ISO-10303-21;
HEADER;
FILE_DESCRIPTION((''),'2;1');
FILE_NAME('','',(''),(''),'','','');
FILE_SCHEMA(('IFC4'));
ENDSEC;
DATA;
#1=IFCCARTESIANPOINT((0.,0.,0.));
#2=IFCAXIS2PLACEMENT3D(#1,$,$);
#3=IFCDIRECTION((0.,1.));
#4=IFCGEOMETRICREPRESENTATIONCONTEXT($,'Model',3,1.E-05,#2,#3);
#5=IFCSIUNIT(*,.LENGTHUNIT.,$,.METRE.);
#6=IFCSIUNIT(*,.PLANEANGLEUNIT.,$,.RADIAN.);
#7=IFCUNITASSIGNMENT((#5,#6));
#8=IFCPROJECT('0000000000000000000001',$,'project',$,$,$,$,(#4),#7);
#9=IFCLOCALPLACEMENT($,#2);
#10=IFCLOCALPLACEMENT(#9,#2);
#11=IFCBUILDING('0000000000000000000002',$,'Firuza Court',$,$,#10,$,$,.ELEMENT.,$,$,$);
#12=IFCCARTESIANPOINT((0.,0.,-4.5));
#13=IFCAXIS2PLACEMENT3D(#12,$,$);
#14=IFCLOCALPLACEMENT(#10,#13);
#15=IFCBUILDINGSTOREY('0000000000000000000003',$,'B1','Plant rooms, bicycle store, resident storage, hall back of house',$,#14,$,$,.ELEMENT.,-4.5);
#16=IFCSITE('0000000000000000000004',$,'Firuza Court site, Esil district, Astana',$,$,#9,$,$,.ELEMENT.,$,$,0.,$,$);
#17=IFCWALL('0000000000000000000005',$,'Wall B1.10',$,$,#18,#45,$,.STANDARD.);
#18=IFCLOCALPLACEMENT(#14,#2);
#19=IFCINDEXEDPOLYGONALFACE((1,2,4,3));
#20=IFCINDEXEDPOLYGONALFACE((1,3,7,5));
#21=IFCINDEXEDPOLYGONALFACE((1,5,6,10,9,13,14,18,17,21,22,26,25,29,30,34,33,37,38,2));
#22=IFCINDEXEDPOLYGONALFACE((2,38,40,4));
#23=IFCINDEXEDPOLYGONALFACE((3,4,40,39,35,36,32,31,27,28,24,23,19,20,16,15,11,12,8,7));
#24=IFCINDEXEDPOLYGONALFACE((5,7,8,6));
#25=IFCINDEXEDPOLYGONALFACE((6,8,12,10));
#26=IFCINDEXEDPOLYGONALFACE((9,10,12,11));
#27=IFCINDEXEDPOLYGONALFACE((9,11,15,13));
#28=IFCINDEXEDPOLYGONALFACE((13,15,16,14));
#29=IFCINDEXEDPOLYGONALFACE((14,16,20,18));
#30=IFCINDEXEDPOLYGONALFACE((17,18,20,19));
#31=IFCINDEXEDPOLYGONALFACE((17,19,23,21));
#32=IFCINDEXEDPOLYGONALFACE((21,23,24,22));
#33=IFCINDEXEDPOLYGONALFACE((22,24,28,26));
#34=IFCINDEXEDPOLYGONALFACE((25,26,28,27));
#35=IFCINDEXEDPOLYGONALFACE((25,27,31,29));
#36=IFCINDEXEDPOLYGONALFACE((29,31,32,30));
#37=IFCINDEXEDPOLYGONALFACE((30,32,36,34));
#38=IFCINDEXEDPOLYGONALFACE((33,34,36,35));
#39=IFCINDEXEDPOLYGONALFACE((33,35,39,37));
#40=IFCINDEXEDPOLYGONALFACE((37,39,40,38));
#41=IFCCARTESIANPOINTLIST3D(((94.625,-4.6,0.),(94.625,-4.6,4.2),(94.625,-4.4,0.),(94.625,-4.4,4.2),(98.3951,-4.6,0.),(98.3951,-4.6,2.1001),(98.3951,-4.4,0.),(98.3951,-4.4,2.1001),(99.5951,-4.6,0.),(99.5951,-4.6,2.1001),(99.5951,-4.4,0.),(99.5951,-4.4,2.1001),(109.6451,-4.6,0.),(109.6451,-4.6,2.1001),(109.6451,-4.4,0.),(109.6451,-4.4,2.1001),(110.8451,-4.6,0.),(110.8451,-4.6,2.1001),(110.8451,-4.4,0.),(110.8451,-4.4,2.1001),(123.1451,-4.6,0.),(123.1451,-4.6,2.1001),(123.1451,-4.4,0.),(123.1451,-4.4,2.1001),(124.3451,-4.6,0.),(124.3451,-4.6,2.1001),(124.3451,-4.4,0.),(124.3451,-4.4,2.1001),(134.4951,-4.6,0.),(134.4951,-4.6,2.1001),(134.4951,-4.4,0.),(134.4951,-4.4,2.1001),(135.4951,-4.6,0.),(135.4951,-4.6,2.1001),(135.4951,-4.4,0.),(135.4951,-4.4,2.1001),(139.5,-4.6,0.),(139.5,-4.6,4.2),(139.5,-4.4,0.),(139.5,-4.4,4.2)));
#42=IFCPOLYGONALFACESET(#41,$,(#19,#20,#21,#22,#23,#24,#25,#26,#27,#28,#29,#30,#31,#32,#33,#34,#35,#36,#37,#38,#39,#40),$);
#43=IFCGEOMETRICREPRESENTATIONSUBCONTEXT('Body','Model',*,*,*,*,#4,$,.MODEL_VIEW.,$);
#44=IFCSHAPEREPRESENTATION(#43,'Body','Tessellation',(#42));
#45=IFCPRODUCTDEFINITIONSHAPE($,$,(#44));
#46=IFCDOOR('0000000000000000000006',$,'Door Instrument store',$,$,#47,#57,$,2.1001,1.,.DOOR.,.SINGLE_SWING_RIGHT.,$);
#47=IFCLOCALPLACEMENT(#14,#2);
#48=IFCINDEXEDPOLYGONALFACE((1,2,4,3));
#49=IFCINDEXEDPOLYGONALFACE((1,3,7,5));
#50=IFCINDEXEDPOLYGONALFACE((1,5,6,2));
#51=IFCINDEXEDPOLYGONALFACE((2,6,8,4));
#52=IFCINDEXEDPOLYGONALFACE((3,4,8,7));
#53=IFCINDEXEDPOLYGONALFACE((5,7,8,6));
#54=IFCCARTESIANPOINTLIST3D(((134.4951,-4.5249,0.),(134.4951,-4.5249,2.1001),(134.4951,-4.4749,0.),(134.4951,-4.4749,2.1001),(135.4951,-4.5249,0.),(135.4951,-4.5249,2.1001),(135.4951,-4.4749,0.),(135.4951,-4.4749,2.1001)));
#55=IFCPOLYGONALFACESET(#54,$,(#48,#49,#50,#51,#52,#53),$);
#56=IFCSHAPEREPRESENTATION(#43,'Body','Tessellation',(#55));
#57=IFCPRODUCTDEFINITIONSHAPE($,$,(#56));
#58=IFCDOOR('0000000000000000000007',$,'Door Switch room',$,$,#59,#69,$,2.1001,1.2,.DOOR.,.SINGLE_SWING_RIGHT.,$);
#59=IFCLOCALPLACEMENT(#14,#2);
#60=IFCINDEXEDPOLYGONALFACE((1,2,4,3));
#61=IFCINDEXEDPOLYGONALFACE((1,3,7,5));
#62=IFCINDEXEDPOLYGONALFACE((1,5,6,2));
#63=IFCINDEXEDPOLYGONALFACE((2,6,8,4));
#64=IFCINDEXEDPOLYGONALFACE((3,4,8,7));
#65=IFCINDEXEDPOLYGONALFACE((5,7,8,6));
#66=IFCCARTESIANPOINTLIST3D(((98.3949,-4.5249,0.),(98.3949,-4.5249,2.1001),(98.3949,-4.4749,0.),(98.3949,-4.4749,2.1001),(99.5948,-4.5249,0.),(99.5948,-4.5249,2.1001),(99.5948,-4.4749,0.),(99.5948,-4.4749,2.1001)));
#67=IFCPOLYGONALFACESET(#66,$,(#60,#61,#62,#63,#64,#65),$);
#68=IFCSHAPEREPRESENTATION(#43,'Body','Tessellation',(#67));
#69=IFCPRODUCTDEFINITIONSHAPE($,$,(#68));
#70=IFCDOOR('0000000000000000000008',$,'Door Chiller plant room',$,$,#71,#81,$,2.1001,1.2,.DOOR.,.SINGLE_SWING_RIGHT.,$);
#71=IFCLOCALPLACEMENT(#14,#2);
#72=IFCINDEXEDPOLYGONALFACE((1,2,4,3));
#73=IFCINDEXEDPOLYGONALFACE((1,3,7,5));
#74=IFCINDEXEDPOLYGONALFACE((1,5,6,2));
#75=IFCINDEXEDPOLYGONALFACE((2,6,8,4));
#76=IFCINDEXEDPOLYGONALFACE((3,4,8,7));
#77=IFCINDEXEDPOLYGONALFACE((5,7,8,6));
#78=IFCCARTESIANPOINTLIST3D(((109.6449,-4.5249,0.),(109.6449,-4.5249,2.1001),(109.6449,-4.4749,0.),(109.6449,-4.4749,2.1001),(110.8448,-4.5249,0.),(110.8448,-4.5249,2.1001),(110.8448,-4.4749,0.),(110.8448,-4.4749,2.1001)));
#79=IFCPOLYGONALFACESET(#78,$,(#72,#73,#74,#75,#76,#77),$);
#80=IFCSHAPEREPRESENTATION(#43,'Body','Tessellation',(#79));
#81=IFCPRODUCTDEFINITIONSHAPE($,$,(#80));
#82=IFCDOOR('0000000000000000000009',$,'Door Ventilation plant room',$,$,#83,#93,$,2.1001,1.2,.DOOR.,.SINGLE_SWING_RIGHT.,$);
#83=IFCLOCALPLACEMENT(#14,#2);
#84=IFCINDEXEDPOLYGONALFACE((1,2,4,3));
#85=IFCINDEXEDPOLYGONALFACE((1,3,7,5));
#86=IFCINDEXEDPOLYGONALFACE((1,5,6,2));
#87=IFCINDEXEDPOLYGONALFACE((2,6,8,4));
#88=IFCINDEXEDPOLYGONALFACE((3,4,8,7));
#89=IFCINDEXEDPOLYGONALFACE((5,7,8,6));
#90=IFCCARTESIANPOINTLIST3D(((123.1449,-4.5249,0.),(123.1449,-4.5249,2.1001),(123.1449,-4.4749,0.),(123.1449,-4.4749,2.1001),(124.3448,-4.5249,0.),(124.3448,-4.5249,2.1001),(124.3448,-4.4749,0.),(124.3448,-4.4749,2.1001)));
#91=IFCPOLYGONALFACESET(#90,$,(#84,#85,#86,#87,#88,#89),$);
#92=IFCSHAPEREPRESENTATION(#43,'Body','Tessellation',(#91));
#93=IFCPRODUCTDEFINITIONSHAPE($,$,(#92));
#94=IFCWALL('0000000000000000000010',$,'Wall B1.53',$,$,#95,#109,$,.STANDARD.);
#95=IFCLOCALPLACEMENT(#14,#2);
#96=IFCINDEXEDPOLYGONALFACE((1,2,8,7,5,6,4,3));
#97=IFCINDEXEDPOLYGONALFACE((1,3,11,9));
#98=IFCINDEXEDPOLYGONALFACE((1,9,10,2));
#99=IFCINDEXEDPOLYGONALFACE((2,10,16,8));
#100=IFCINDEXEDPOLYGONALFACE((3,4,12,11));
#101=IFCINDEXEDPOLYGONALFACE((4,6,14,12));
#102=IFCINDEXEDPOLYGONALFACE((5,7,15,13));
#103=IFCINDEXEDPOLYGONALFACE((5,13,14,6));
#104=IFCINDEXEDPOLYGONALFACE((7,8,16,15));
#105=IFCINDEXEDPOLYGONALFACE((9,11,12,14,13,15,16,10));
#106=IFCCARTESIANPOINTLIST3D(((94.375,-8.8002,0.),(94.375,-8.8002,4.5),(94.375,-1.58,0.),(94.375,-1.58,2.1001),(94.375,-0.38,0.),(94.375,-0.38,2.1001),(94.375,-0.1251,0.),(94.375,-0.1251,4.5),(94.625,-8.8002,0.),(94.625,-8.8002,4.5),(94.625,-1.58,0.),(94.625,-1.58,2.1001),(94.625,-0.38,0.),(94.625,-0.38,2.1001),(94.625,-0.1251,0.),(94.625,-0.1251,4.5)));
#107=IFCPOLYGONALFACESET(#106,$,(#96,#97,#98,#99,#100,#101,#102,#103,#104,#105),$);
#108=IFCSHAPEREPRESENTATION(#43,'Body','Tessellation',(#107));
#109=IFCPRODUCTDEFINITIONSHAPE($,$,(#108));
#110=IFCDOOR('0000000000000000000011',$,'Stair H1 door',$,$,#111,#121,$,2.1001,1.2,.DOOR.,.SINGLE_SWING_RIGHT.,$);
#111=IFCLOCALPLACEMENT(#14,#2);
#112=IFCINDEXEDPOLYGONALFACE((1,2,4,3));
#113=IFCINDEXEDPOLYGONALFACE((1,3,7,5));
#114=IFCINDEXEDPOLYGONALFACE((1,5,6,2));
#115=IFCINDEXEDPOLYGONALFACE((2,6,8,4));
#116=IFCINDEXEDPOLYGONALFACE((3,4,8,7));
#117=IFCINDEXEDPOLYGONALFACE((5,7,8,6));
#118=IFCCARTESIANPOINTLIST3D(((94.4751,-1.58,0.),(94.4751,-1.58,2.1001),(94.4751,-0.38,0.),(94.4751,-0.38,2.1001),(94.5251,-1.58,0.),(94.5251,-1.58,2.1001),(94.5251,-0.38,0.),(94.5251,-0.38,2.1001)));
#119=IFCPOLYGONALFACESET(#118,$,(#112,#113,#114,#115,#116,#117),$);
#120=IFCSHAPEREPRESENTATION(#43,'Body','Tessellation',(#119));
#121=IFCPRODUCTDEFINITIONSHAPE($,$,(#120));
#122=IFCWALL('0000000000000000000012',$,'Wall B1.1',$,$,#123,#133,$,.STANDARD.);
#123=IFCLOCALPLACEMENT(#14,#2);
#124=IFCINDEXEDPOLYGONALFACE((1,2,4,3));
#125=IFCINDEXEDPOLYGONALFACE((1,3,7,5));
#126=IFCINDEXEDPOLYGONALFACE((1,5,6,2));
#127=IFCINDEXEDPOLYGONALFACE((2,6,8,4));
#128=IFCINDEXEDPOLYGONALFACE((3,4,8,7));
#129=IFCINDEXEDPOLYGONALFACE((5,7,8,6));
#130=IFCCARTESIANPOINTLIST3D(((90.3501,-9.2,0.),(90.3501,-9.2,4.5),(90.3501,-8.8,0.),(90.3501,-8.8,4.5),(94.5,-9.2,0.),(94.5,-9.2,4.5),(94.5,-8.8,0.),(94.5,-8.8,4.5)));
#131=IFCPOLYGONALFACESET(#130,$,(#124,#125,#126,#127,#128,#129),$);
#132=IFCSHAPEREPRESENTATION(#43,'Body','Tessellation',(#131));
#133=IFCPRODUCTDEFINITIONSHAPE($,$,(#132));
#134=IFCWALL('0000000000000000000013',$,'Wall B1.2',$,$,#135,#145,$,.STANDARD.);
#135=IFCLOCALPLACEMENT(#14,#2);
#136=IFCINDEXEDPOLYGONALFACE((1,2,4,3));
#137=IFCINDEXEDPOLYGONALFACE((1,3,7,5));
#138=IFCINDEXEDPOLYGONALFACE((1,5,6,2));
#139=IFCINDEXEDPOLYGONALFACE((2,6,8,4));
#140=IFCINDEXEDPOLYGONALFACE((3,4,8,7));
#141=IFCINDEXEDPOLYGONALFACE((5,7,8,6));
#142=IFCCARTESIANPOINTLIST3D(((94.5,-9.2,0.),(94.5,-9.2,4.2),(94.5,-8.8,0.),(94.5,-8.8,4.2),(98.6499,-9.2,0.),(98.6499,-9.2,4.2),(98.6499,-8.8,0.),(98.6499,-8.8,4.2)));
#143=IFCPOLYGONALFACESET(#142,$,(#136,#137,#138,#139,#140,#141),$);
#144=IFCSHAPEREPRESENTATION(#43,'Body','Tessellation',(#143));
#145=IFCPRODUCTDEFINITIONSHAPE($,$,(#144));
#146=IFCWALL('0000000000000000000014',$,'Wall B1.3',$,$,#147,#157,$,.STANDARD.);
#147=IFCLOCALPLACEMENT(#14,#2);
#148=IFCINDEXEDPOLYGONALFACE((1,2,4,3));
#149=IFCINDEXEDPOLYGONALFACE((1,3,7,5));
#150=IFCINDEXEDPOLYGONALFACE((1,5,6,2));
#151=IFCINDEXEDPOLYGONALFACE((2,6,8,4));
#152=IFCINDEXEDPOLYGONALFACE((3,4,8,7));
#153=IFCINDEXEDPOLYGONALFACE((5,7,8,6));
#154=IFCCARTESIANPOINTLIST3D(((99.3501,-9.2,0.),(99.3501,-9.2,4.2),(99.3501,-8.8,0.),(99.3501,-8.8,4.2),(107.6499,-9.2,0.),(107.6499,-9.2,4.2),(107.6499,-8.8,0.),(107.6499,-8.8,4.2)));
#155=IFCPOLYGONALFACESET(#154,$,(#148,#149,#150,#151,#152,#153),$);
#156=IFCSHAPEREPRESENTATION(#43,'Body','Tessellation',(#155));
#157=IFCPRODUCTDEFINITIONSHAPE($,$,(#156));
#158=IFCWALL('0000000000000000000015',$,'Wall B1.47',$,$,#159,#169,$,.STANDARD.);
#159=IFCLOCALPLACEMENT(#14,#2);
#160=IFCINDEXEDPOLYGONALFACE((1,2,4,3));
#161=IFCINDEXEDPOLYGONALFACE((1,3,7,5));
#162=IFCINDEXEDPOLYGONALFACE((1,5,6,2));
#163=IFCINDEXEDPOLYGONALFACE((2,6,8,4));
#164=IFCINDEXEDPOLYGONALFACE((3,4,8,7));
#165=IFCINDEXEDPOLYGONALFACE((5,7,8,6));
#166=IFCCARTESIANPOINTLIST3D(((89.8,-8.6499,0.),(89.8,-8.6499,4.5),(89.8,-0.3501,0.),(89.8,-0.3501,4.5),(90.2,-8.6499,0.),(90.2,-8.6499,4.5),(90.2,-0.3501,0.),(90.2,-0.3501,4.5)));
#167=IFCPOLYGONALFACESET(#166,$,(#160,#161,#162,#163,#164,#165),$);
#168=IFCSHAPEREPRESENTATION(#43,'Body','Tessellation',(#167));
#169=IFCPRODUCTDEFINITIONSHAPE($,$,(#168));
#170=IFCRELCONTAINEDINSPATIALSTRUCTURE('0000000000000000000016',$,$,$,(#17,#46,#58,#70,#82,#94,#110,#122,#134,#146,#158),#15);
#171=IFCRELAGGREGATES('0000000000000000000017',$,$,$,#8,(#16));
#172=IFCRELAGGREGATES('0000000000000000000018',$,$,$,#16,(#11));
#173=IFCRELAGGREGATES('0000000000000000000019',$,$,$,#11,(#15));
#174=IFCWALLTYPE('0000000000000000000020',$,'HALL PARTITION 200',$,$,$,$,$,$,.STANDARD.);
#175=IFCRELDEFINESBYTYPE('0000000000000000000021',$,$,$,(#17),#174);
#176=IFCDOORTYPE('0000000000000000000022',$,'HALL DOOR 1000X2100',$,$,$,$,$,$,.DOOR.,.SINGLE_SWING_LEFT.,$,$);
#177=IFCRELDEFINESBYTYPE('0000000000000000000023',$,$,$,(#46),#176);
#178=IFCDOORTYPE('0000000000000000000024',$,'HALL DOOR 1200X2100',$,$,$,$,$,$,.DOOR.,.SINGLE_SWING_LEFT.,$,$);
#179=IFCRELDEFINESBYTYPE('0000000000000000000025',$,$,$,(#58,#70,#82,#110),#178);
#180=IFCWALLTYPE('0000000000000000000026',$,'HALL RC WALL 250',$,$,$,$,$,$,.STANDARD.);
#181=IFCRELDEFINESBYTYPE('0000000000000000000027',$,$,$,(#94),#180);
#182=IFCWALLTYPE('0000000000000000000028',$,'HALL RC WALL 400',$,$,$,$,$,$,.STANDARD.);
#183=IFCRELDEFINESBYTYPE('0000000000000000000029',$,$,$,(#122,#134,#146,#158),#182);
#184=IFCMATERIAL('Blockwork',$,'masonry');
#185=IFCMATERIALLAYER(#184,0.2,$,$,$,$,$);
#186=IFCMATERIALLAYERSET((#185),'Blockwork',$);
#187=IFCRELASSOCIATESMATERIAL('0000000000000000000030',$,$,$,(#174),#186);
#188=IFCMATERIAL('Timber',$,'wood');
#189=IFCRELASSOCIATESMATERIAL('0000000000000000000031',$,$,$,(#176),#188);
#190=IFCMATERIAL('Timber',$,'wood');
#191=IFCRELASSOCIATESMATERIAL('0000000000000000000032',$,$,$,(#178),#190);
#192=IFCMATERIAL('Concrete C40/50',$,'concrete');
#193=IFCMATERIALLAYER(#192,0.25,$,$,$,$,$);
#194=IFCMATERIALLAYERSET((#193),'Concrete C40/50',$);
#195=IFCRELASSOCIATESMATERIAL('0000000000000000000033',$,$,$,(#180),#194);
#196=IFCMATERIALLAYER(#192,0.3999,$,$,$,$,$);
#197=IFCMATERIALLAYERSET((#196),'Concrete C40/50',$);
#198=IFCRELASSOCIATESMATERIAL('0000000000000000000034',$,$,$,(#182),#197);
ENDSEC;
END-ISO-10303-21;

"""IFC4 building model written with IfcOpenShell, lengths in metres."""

from ifc_helpers import new_model, si_unit, direction, frame, frame_2d, origin, place, context, subcontext, project, spatial, rectangle, extrude, material, layer, layer_set, type_object, element, fill, save


model = new_model("IFC4")

# Units and contexts
model_context = context("Model", 3, precision=1e-05, world=origin(), true_north=direction((0.0, 1.0)))
body_context = subcontext(model_context, "Body", "Model", "MODEL_VIEW")
ifc_project = project(units=[si_unit("LENGTHUNIT", "METRE"), si_unit("PLANEANGLEUNIT", "RADIAN")], contexts=[model_context])

# Site, building, storey
site_placement = place(None, origin())
site = spatial("IfcSite", under=ifc_project, at=site_placement, Name="Firuza Court site, Esil district, Astana", CompositionType="ELEMENT", RefElevation=0.0)
building_placement = place(site_placement, origin())
building = spatial("IfcBuilding", under=site, at=building_placement, Name="Firuza Court", CompositionType="ELEMENT")
storey_placement = place(building_placement, frame((0.0, 0.0, -4.5)))
storey = spatial("IfcBuildingStorey", under=building, at=storey_placement, Name="B1", Description="Plant rooms, bicycle store, resident storage, hall back of house", CompositionType="ELEMENT", Elevation=-4.5)

# Shared definitions
ifc_material_1 = material(Name="Concrete C40/50", Category="concrete")

# Wall, openings, doors
ifc_material_2 = material(Name="Blockwork", Category="masonry")
ifc_layer_1 = layer(ifc_material_2, 0.2)
ifc_layer_set_1 = layer_set([ifc_layer_1], Name="Blockwork")
wall_type_1 = type_object("IfcWallType", Name="HALL PARTITION 200", PredefinedType="STANDARD", material=ifc_layer_set_1)
wall_1_placement = place(storey_placement, frame((94.625, -4.5, 0.0), z_axis=(0.0, 0.0, 1.0), x_axis=(1.0, 0.0, 0.0)))
wall_1 = element("IfcWall", 1, at=wall_1_placement, inside=storey, type_object=wall_type_1, Name="Wall B1.10", PredefinedType="STANDARD", context=body_context, shape_type="SweptSolid", body=[
    extrude(rectangle(XDim=44.875, YDim=0.2, at=frame_2d((22.4375, 0.0))), origin(), (0.0, 0.0, 1.0), 4.2),
])
opening_1_placement = place(wall_1_placement, frame((3.77, 0.0, 0.0)))
opening_1 = element("IfcOpeningElement", 2, at=opening_1_placement, cuts=wall_1, PredefinedType="OPENING", context=body_context, shape_type="SweptSolid", body=[
    extrude(rectangle(XDim=1.2, YDim=2.1001, at=frame_2d((0.6001, 1.05))), frame((0.0, 0.1118, 0.0), z_axis=(0.0, -1.0, 0.0), x_axis=(1.0, 0.0, 0.0)), (0.0, 0.0, 1.0), 0.2239),
])
opening_2_placement = place(wall_1_placement, frame((15.02, 0.0, 0.0)))
opening_2 = element("IfcOpeningElement", 3, at=opening_2_placement, cuts=wall_1, PredefinedType="OPENING", context=body_context, shape_type="SweptSolid", body=[
    extrude(rectangle(XDim=1.2, YDim=2.1001, at=frame_2d((0.6001, 1.05))), frame((0.0, 0.1118, 0.0), z_axis=(0.0, -1.0, 0.0), x_axis=(1.0, 0.0, 0.0)), (0.0, 0.0, 1.0), 0.2239),
])
opening_3_placement = place(wall_1_placement, frame((28.52, 0.0, 0.0)))
opening_3 = element("IfcOpeningElement", 4, at=opening_3_placement, cuts=wall_1, PredefinedType="OPENING", context=body_context, shape_type="SweptSolid", body=[
    extrude(rectangle(XDim=1.2, YDim=2.1001, at=frame_2d((0.6001, 1.05))), frame((0.0, 0.1118, 0.0), z_axis=(0.0, -1.0, 0.0), x_axis=(1.0, 0.0, 0.0)), (0.0, 0.0, 1.0), 0.2239),
])
opening_4_placement = place(wall_1_placement, frame((39.8701, 0.0, 0.0)))
opening_4 = element("IfcOpeningElement", 5, at=opening_4_placement, cuts=wall_1, PredefinedType="OPENING", context=body_context, shape_type="SweptSolid", body=[
    extrude(rectangle(XDim=1.0, YDim=2.1001, at=frame_2d((0.5, 1.05))), frame((0.0, 0.1118, 0.0), z_axis=(0.0, -1.0, 0.0), x_axis=(1.0, 0.0, 0.0)), (0.0, 0.0, 1.0), 0.2239),
])
ifc_material_3 = material(Name="Timber", Category="wood")
door_type_1 = type_object("IfcDoorType", Name="HALL DOOR 1000X2100", OperationType="SINGLE_SWING_LEFT", PredefinedType="DOOR", material=ifc_material_3)
door_1_placement = place(opening_4_placement, frame((1.0, 0.0, 0.0), z_axis=(0.0, 0.0, 1.0), x_axis=(-1.0, 0.0, 0.0)))
door_1 = element("IfcDoor", 6, at=door_1_placement, inside=storey, type_object=door_type_1, Name="Door Instrument store", OperationType="SINGLE_SWING_RIGHT", OverallHeight=2.1001, OverallWidth=1.0, PredefinedType="DOOR", context=body_context, shape_type="SweptSolid", body=[
    extrude(rectangle(XDim=1.0, YDim=2.1001, at=frame_2d((0.5, 1.05))), frame((0.0, 0.0249, 0.0), z_axis=(0.0, -1.0, 0.0), x_axis=(1.0, 0.0, 0.0)), (0.0, 0.0, 1.0), 0.05),
])
fill(opening_4, door_1)
ifc_material_4 = material(Name="Timber", Category="wood")
door_type_2 = type_object("IfcDoorType", Name="HALL DOOR 1200X2100", OperationType="SINGLE_SWING_LEFT", PredefinedType="DOOR", material=ifc_material_4)
door_2_placement = place(opening_1_placement, frame((1.2, 0.0, 0.0), z_axis=(0.0, 0.0, 1.0), x_axis=(-1.0, 0.0, 0.0)))
door_2 = element("IfcDoor", 7, at=door_2_placement, inside=storey, type_object=door_type_2, Name="Door Switch room", OperationType="SINGLE_SWING_RIGHT", OverallHeight=2.1001, OverallWidth=1.2, PredefinedType="DOOR", context=body_context, shape_type="SweptSolid", body=[
    extrude(rectangle(XDim=1.2, YDim=2.1001, at=frame_2d((0.6001, 1.05))), frame((0.0, 0.0249, 0.0), z_axis=(0.0, -1.0, 0.0), x_axis=(1.0, 0.0, 0.0)), (0.0, 0.0, 1.0), 0.05),
])
fill(opening_1, door_2)
door_3_placement = place(opening_2_placement, frame((1.2, 0.0, 0.0), z_axis=(0.0, 0.0, 1.0), x_axis=(-1.0, 0.0, 0.0)))
door_3 = element("IfcDoor", 8, at=door_3_placement, inside=storey, type_object=door_type_2, Name="Door Chiller plant room", OperationType="SINGLE_SWING_RIGHT", OverallHeight=2.1001, OverallWidth=1.2, PredefinedType="DOOR", context=body_context, shape_type="SweptSolid", body=[
    extrude(rectangle(XDim=1.2, YDim=2.1001, at=frame_2d((0.6001, 1.05))), frame((0.0, 0.0249, 0.0), z_axis=(0.0, -1.0, 0.0), x_axis=(1.0, 0.0, 0.0)), (0.0, 0.0, 1.0), 0.05),
])
fill(opening_2, door_3)
door_4_placement = place(opening_3_placement, frame((1.2, 0.0, 0.0), z_axis=(0.0, 0.0, 1.0), x_axis=(-1.0, 0.0, 0.0)))
door_4 = element("IfcDoor", 9, at=door_4_placement, inside=storey, type_object=door_type_2, Name="Door Ventilation plant room", OperationType="SINGLE_SWING_RIGHT", OverallHeight=2.1001, OverallWidth=1.2, PredefinedType="DOOR", context=body_context, shape_type="SweptSolid", body=[
    extrude(rectangle(XDim=1.2, YDim=2.1001, at=frame_2d((0.6001, 1.05))), frame((0.0, 0.0249, 0.0), z_axis=(0.0, -1.0, 0.0), x_axis=(1.0, 0.0, 0.0)), (0.0, 0.0, 1.0), 0.05),
])
fill(opening_3, door_4)

# Wall, opening, door
ifc_layer_2 = layer(ifc_material_1, 0.25)
ifc_layer_set_2 = layer_set([ifc_layer_2], Name="Concrete C40/50")
wall_type_2 = type_object("IfcWallType", Name="HALL RC WALL 250", PredefinedType="STANDARD", material=ifc_layer_set_2)
wall_2_placement = place(storey_placement, frame((94.5, -8.8, 0.0), z_axis=(0.0, 0.0, 1.0), x_axis=(0.0, 1.0, 0.0)))
wall_2 = element("IfcWall", 10, at=wall_2_placement, inside=storey, type_object=wall_type_2, Name="Wall B1.53", PredefinedType="STANDARD", context=body_context, shape_type="SweptSolid", body=[
    extrude(rectangle(XDim=8.675, YDim=0.25, at=frame_2d((4.3374, 0.0))), origin(), (0.0, 0.0, 1.0), 4.5),
])
opening_5_placement = place(wall_2_placement, frame((7.22, 0.0, 0.0)))
opening_5 = element("IfcOpeningElement", 11, at=opening_5_placement, cuts=wall_2, PredefinedType="OPENING", context=body_context, shape_type="SweptSolid", body=[
    extrude(rectangle(XDim=1.2, YDim=2.1001, at=frame_2d((0.6001, 1.05))), frame((0.0, 0.137, 0.0), z_axis=(0.0, -1.0, 0.0), x_axis=(1.0, 0.0, 0.0)), (0.0, 0.0, 1.0), 0.2739),
])
door_5_placement = place(opening_5_placement, origin())
door_5 = element("IfcDoor", 12, at=door_5_placement, inside=storey, type_object=door_type_2, Name="Stair H1 door", OperationType="SINGLE_SWING_RIGHT", OverallHeight=2.1001, OverallWidth=1.2, PredefinedType="DOOR", context=body_context, shape_type="SweptSolid", body=[
    extrude(rectangle(XDim=1.2, YDim=2.1001, at=frame_2d((0.6001, 1.05))), frame((0.0, 0.0249, 0.0), z_axis=(0.0, -1.0, 0.0), x_axis=(1.0, 0.0, 0.0)), (0.0, 0.0, 1.0), 0.05),
])
fill(opening_5, door_5)

# Walls
ifc_layer_3 = layer(ifc_material_1, 0.3999)
ifc_layer_set_3 = layer_set([ifc_layer_3], Name="Concrete C40/50")
wall_type_3 = type_object("IfcWallType", Name="HALL RC WALL 400", PredefinedType="STANDARD", material=ifc_layer_set_3)
wall_3_placement = place(storey_placement, frame((90.3501, -9.0, 0.0), z_axis=(0.0, 0.0, 1.0), x_axis=(1.0, 0.0, 0.0)))
element("IfcWall", 13, at=wall_3_placement, inside=storey, type_object=wall_type_3, Name="Wall B1.1", PredefinedType="STANDARD", context=body_context, shape_type="SweptSolid", body=[
    extrude(rectangle(XDim=4.1499, YDim=0.3999, at=frame_2d((2.075, 0.0))), origin(), (0.0, 0.0, 1.0), 4.5),
])
wall_4_placement = place(storey_placement, frame((94.5, -9.0, 0.0), z_axis=(0.0, 0.0, 1.0), x_axis=(1.0, 0.0, 0.0)))
element("IfcWall", 14, at=wall_4_placement, inside=storey, type_object=wall_type_3, Name="Wall B1.2", PredefinedType="STANDARD", context=body_context, shape_type="SweptSolid", body=[
    extrude(rectangle(XDim=4.1499, YDim=0.3999, at=frame_2d((2.075, 0.0))), origin(), (0.0, 0.0, 1.0), 4.2),
])
wall_5_placement = place(storey_placement, frame((99.3501, -9.0, 0.0), z_axis=(0.0, 0.0, 1.0), x_axis=(1.0, 0.0, 0.0)))
element("IfcWall", 15, at=wall_5_placement, inside=storey, type_object=wall_type_3, Name="Wall B1.3", PredefinedType="STANDARD", context=body_context, shape_type="SweptSolid", body=[
    extrude(rectangle(XDim=8.2998, YDim=0.3999, at=frame_2d((4.1499, 0.0))), origin(), (0.0, 0.0, 1.0), 4.2),
])
wall_6_placement = place(storey_placement, frame((90.0, -8.6499, 0.0), z_axis=(0.0, 0.0, 1.0), x_axis=(0.0, 1.0, 0.0)))
element("IfcWall", 16, at=wall_6_placement, inside=storey, type_object=wall_type_3, Name="Wall B1.47", PredefinedType="STANDARD", context=body_context, shape_type="SweptSolid", body=[
    extrude(rectangle(XDim=8.2998, YDim=0.3999, at=frame_2d((4.1499, 0.0))), origin(), (0.0, 0.0, 1.0), 4.5),
])

save(model, "model.ifc")
